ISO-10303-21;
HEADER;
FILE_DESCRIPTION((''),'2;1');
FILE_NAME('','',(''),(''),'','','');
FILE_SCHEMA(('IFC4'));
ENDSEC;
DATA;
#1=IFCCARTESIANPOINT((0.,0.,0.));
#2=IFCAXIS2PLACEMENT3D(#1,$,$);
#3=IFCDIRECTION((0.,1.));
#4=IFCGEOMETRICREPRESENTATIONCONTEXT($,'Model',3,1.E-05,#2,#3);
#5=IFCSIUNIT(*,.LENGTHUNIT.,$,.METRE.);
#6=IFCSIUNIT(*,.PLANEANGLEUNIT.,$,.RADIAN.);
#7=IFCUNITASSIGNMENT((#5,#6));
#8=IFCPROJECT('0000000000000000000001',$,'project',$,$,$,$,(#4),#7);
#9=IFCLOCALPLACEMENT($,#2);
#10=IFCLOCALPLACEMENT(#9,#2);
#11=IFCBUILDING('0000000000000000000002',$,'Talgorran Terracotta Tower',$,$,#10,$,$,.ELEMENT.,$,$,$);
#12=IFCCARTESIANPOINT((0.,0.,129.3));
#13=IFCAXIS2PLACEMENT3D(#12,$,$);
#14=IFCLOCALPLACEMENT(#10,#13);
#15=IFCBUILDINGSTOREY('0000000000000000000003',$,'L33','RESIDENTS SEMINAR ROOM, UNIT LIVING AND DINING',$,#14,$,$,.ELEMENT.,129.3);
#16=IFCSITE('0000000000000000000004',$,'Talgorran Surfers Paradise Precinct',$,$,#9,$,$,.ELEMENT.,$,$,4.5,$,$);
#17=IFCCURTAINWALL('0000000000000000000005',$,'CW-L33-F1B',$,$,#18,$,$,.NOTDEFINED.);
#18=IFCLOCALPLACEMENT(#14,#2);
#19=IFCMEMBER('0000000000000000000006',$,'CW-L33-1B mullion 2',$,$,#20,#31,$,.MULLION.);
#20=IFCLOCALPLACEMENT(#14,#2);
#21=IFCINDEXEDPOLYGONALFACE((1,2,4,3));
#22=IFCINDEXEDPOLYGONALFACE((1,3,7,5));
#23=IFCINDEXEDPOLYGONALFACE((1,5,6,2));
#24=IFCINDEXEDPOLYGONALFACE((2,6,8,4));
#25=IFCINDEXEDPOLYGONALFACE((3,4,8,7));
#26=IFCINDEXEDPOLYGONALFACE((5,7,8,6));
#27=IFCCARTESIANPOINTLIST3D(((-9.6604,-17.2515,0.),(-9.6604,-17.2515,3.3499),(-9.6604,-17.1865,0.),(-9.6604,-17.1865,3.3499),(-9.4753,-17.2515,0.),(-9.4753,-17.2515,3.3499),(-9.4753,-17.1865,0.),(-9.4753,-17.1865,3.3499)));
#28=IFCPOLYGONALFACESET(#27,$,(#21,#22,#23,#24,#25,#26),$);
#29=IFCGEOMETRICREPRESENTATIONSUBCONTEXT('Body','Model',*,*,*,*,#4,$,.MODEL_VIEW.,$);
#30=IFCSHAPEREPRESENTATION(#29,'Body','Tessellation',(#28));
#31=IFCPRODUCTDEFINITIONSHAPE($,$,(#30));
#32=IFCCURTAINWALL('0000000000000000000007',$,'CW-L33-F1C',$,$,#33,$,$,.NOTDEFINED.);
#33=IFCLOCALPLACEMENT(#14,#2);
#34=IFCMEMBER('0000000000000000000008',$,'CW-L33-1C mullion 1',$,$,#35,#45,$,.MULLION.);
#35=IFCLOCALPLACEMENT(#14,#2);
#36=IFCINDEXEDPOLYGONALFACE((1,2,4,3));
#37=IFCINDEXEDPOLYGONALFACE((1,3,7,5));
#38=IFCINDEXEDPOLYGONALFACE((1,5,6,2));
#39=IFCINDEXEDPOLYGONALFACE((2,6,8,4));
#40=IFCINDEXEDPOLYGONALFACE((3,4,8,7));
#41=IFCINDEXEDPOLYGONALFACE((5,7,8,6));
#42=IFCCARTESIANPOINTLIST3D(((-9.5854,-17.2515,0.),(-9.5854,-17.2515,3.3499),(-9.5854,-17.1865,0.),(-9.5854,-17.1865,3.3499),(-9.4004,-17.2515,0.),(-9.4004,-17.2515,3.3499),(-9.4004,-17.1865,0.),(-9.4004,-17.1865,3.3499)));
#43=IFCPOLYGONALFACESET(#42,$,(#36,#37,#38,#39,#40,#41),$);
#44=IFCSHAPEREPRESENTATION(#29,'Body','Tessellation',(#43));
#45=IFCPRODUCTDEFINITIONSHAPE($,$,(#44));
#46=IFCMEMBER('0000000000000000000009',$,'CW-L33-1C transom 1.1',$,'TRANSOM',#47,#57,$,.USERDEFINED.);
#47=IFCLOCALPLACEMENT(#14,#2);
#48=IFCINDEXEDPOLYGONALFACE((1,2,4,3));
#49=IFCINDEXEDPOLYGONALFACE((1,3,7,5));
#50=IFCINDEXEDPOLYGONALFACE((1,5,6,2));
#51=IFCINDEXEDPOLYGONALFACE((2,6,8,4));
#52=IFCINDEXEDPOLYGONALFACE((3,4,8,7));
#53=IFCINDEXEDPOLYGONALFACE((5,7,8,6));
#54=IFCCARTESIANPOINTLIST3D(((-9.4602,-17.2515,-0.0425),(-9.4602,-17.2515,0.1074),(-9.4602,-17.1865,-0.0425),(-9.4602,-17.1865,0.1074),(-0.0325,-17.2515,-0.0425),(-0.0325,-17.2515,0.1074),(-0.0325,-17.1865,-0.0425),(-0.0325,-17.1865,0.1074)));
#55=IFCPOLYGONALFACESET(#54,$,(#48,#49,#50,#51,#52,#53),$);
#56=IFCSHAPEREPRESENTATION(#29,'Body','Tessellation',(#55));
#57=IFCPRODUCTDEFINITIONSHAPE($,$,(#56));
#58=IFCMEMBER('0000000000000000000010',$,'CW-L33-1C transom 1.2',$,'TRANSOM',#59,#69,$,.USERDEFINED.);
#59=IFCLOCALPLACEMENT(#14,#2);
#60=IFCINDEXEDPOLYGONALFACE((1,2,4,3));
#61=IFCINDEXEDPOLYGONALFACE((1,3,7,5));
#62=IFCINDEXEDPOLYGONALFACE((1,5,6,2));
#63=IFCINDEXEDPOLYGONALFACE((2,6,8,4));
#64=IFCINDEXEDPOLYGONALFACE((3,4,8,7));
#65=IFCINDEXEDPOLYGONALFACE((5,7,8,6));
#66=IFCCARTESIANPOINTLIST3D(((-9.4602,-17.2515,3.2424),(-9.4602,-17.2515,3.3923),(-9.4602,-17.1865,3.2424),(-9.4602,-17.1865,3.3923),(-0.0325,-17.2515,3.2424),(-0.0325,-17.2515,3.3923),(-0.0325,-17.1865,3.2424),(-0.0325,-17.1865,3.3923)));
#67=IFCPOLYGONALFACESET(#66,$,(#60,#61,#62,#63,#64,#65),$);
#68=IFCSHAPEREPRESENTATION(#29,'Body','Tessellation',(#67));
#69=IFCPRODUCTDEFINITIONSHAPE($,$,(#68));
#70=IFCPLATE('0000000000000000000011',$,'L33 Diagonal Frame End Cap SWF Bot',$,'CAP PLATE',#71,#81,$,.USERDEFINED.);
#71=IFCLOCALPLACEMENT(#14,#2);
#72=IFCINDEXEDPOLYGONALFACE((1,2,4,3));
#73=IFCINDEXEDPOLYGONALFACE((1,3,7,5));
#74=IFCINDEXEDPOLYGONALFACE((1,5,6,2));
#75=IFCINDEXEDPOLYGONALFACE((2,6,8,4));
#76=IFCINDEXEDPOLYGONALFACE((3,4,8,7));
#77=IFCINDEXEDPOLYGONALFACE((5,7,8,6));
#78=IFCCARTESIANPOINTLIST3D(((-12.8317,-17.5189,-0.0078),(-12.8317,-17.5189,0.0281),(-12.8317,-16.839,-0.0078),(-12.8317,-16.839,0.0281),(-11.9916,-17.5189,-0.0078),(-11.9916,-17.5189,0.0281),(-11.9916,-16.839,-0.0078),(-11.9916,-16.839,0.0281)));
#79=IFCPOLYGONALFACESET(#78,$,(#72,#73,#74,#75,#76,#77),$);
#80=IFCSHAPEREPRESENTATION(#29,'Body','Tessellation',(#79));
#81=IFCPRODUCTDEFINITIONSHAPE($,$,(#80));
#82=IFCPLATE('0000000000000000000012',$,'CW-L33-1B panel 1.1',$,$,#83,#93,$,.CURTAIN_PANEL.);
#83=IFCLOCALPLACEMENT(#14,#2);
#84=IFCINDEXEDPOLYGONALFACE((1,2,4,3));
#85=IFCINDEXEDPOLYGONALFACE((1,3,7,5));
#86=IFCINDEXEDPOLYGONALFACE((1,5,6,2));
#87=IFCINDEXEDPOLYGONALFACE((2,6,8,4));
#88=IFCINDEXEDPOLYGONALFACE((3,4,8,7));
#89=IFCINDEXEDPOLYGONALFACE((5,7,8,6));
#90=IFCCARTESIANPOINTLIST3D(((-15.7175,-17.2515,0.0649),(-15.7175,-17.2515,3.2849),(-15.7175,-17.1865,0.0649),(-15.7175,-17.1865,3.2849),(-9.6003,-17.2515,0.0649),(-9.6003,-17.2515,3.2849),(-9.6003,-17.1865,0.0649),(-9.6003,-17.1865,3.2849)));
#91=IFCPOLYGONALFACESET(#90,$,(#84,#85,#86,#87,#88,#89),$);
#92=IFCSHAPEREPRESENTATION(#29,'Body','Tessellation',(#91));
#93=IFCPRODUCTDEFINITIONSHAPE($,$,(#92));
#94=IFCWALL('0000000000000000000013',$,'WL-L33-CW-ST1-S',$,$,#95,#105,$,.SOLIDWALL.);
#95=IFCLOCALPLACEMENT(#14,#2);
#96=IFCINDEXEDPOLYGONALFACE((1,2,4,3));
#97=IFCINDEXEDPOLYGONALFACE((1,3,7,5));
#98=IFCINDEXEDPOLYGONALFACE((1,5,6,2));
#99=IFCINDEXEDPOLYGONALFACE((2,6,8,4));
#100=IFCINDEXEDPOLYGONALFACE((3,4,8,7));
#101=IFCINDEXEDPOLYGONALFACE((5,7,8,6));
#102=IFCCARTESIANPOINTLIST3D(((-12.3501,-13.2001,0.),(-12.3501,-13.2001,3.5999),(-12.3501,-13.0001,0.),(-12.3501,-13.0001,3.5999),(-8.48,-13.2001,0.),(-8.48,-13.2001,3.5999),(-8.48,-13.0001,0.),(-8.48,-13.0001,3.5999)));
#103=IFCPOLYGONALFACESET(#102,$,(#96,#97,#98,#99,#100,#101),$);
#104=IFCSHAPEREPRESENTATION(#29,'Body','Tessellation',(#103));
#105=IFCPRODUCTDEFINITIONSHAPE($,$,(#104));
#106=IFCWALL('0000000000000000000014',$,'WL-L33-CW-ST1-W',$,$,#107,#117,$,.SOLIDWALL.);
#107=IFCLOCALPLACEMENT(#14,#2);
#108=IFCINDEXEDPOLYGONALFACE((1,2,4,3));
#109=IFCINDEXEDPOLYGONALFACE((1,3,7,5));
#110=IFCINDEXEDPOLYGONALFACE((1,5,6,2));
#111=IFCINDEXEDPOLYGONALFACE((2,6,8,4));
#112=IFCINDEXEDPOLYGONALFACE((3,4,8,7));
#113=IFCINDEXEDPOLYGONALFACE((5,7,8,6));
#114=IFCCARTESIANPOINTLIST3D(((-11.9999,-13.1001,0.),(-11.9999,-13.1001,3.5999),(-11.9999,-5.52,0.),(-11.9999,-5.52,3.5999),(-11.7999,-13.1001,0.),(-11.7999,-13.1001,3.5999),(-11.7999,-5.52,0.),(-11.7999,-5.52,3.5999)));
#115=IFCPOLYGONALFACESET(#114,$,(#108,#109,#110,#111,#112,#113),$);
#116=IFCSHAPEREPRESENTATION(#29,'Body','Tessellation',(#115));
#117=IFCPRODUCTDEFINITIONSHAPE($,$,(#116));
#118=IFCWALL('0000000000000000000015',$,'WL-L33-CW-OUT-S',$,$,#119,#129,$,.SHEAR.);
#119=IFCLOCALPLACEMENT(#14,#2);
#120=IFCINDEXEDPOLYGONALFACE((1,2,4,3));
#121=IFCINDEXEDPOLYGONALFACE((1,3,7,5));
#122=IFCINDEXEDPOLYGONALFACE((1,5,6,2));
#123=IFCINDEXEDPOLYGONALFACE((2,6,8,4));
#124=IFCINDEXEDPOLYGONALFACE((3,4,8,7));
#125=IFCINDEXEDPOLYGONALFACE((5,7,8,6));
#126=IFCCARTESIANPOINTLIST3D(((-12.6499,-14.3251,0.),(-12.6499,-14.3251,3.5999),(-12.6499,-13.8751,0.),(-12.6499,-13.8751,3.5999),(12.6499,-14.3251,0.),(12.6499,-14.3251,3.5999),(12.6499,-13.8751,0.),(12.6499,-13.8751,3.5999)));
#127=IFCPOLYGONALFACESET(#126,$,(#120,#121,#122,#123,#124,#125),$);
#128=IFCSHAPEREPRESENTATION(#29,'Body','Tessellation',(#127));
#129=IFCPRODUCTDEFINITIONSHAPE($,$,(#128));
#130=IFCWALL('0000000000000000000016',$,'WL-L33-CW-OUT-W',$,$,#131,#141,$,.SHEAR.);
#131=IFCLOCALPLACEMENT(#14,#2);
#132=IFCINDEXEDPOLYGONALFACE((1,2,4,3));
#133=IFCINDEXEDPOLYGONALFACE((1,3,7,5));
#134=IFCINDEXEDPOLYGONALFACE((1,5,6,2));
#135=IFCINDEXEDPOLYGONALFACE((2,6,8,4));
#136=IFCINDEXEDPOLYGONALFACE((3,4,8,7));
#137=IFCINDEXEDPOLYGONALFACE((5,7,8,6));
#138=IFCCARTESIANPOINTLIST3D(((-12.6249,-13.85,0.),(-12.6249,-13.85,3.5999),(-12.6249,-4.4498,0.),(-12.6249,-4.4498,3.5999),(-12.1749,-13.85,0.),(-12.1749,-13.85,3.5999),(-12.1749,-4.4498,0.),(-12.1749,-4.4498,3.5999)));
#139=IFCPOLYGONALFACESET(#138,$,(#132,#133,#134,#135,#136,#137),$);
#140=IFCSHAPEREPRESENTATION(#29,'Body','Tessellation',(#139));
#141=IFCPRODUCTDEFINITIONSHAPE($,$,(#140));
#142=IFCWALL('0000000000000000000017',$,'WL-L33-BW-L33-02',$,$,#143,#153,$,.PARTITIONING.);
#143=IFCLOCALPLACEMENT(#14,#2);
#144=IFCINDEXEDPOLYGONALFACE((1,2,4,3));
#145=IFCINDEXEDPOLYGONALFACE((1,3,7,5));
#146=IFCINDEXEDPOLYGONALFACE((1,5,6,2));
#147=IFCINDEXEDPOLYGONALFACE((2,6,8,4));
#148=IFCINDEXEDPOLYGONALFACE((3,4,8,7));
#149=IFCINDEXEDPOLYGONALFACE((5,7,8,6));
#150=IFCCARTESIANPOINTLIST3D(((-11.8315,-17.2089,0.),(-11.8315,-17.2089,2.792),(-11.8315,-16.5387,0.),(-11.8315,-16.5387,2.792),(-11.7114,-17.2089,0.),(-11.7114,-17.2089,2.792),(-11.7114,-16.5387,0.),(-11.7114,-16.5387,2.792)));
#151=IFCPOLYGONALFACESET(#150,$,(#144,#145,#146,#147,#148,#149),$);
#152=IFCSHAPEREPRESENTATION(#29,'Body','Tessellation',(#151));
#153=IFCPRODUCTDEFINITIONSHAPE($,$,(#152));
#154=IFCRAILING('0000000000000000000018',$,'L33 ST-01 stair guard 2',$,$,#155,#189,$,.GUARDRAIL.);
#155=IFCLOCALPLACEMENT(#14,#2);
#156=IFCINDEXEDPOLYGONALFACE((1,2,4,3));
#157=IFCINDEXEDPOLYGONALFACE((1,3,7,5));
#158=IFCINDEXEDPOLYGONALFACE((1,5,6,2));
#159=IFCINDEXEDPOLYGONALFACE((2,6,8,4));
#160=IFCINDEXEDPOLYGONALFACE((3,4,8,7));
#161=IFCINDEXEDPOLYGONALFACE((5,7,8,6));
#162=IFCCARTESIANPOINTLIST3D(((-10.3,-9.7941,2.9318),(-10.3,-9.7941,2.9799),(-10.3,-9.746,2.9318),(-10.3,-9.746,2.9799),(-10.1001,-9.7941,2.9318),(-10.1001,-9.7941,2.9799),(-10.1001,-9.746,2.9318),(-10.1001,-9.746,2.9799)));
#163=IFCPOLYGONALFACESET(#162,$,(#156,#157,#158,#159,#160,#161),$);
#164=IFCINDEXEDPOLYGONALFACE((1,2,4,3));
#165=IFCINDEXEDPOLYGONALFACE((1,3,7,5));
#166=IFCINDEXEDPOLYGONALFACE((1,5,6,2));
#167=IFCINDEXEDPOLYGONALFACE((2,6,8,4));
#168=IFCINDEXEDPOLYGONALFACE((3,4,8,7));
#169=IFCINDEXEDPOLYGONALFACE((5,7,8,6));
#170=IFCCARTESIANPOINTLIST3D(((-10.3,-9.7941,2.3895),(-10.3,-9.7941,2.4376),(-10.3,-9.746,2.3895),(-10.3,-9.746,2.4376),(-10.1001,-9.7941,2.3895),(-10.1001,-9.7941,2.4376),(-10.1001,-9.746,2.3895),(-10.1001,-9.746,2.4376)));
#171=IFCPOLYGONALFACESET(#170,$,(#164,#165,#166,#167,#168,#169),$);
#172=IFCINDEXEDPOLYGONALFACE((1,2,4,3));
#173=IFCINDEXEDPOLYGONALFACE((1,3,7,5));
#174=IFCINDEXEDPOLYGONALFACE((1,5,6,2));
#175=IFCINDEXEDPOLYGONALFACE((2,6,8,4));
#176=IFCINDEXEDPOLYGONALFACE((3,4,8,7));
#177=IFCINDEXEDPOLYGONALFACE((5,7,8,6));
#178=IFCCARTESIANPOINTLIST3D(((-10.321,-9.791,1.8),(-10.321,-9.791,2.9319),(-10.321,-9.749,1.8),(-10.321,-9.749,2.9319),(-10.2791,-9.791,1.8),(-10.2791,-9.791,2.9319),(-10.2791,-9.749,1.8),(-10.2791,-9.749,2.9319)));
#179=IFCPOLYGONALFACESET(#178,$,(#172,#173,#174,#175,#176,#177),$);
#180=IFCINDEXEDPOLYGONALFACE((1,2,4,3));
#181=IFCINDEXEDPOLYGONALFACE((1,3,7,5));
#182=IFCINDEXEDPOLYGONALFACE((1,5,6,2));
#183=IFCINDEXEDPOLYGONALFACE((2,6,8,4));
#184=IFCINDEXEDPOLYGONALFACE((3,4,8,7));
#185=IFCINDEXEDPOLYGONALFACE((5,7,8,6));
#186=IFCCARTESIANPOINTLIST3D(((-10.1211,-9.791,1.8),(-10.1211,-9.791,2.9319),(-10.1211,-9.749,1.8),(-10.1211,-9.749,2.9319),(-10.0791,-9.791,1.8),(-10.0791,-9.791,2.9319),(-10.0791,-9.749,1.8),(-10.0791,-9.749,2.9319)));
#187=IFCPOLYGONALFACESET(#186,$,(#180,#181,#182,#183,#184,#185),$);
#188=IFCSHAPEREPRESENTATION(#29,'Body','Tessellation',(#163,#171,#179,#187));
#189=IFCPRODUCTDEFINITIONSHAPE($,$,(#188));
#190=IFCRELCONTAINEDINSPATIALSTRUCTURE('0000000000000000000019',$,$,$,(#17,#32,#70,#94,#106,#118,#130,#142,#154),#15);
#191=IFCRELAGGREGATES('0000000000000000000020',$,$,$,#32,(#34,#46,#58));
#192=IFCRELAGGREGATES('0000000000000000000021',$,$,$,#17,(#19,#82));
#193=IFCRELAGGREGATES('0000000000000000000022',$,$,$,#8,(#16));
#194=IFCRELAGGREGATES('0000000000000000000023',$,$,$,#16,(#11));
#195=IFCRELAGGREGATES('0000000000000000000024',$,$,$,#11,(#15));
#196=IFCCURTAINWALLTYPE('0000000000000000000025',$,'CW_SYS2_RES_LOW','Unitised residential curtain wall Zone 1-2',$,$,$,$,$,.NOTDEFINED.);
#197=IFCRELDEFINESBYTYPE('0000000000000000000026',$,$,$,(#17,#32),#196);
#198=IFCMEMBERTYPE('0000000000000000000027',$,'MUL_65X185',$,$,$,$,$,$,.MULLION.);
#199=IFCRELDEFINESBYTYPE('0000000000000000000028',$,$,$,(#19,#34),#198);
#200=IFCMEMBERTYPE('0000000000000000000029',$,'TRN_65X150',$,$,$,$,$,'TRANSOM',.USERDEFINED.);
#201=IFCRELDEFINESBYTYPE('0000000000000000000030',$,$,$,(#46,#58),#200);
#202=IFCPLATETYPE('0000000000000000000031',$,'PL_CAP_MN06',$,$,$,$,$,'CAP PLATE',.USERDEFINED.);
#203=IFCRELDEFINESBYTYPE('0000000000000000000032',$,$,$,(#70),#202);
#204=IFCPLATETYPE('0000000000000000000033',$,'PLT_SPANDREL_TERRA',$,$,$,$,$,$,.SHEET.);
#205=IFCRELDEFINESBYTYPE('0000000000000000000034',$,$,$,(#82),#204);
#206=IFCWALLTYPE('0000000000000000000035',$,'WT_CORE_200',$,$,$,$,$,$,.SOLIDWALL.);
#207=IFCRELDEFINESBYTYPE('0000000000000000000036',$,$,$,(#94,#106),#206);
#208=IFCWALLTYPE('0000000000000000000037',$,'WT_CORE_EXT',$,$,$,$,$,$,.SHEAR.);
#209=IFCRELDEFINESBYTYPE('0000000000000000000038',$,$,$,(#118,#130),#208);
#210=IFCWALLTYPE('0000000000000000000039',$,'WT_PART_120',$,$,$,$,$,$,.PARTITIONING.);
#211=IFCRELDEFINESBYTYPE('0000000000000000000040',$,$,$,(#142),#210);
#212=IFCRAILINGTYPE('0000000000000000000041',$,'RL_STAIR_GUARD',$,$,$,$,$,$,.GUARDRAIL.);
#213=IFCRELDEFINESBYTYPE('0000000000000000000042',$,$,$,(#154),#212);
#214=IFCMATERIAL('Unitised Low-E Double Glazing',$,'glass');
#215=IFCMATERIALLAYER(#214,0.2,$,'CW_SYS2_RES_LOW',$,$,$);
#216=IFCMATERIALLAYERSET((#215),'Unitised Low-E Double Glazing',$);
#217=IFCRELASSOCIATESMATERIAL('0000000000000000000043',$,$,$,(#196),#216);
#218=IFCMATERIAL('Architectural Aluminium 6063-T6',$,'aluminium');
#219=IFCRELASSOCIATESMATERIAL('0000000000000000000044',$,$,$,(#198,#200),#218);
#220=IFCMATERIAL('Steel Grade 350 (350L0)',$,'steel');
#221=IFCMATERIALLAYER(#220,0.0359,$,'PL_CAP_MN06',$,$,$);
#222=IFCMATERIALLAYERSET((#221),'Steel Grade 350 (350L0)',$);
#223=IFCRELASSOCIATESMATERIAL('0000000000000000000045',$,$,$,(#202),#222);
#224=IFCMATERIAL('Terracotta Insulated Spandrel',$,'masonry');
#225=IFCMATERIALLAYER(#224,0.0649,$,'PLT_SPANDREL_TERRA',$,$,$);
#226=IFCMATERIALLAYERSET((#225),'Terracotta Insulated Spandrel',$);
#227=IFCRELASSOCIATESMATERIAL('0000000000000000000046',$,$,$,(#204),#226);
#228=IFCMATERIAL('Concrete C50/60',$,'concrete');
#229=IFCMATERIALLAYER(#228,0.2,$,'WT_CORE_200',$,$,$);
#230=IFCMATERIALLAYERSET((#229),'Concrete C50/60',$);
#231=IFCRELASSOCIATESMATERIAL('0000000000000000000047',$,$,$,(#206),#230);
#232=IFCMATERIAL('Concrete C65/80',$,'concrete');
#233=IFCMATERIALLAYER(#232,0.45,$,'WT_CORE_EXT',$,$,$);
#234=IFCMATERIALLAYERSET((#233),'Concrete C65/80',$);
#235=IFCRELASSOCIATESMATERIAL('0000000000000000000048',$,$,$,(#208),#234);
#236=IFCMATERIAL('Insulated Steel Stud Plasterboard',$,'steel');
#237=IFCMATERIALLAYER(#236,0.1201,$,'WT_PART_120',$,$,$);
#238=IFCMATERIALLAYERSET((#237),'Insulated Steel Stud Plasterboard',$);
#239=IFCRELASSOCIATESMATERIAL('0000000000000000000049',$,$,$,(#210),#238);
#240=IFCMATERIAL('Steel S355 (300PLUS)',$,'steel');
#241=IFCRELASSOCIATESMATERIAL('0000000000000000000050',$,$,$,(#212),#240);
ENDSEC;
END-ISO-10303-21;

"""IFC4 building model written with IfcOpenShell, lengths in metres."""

from ifc_helpers import new_model, si_unit, direction, frame, frame_2d, origin, origin_2d, place, context, subcontext, project, spatial, rectangle, extrude, source, transform, mapped, material, layer, layer_set, material_profile, profile_set, type_object, type_shapes, element, aggregate, save


model = new_model("IFC4")

# Units and contexts
model_context = context("Model", 3, precision=1e-05, world=origin(), true_north=direction((0.0, 1.0)))
body_context = subcontext(model_context, "Body", "Model", "MODEL_VIEW")
ifc_project = project(units=[si_unit("LENGTHUNIT", "METRE"), si_unit("PLANEANGLEUNIT", "RADIAN")], contexts=[model_context])

# Site, building, storey
site_placement = place(None, origin())
site = spatial("IfcSite", under=ifc_project, at=site_placement, Name="Talgorran Surfers Paradise Precinct", CompositionType="ELEMENT", RefElevation=4.5)
building_placement = place(site_placement, origin())
building = spatial("IfcBuilding", under=site, at=building_placement, Name="Talgorran Terracotta Tower", CompositionType="ELEMENT")
storey_placement = place(building_placement, frame((0.0, 0.0, 129.3)))
storey = spatial("IfcBuildingStorey", under=building, at=storey_placement, Name="L33", Description="RESIDENTS SEMINAR ROOM, UNIT LIVING AND DINING", CompositionType="ELEMENT", Elevation=129.3)

# Shared definitions
ifc_material_1 = material(Name="Steel S355 (300PLUS)", Category="steel")
ifc_material_2 = material(Name="Steel Grade 350 (350L0)", Category="steel")

# Curtain wall, member
ifc_material_3 = material(Name="Unitised Low-E Double Glazing", Category="glass")
ifc_layer_1 = layer(ifc_material_3, 0.2, Name="CW_SYS2_RES_LOW")
ifc_layer_set_1 = layer_set([ifc_layer_1], Name="Unitised Low-E Double Glazing")
curtain_wall_type = type_object("IfcCurtainWallType", Name="CW_SYS2_RES_LOW", Description="Unitised residential curtain wall Zone 1-2", PredefinedType="NOTDEFINED", material=ifc_layer_set_1)
curtain_wall_1_placement = place(storey_placement, origin())
curtain_wall_1 = element("IfcCurtainWall", 1, at=curtain_wall_1_placement, inside=storey, type_object=curtain_wall_type, Name="CW-L33-F1B", PredefinedType="NOTDEFINED")
ifc_material_4 = material(Name="Architectural Aluminium 6063-T6", Category="aluminium")
ifc_material_profile_1 = material_profile(ifc_material_4, rectangle(XDim=0.0649, YDim=0.1851, at=origin_2d()), Name="CWM65X185")
ifc_profile_set_1 = profile_set([ifc_material_profile_1], Name="Architectural Aluminium 6063-T6")
member_type_1 = type_object("IfcMemberType", Name="MUL_65X185", PredefinedType="MULLION", material=ifc_profile_set_1)
member_1_placement = place(storey_placement, frame((-9.5679, -17.219, 0.0), z_axis=(0.0, 0.0, 1.0), x_axis=(0.0, 1.0, 0.0)))
member_1 = element("IfcMember", 2, at=member_1_placement, type_object=member_type_1, Name="CW-L33-1B mullion 2", PredefinedType="MULLION", context=body_context, shape_type="SweptSolid", body=[
    extrude(rectangle(XDim=0.0649, YDim=0.1851, at=origin_2d()), origin(), (0.0, 0.0, 1.0), 3.3499),
])

# Curtain wall, members
curtain_wall_2_placement = place(storey_placement, origin())
curtain_wall_2 = element("IfcCurtainWall", 3, at=curtain_wall_2_placement, inside=storey, type_object=curtain_wall_type, Name="CW-L33-F1C", PredefinedType="NOTDEFINED")
member_2_placement = place(storey_placement, frame((-9.4929, -17.219, 0.0), z_axis=(0.0, 0.0, 1.0), x_axis=(0.0, 1.0, 0.0)))
member_2 = element("IfcMember", 4, at=member_2_placement, type_object=member_type_1, Name="CW-L33-1C mullion 1", PredefinedType="MULLION", context=body_context, shape_type="SweptSolid", body=[
    extrude(rectangle(XDim=0.0649, YDim=0.1851, at=origin_2d()), origin(), (0.0, 0.0, 1.0), 3.3499),
])
ifc_material_profile_2 = material_profile(ifc_material_4, rectangle(XDim=0.0649, YDim=0.1499, at=origin_2d()), Name="CWT65X150")
ifc_profile_set_2 = profile_set([ifc_material_profile_2], Name="Architectural Aluminium 6063-T6")
member_type_2 = type_object("IfcMemberType", Name="TRN_65X150", ElementType="TRANSOM", PredefinedType="USERDEFINED", material=ifc_profile_set_2)
member_3_placement = place(storey_placement, frame((-9.4602, -17.219, 0.0325), z_axis=(1.0, 0.0, 0.0), x_axis=(0.0, 1.0, 0.0)))
member_3 = element("IfcMember", 5, at=member_3_placement, type_object=member_type_2, Name="CW-L33-1C transom 1.1", ObjectType="TRANSOM", PredefinedType="USERDEFINED", context=body_context, shape_type="SweptSolid", body=[
    extrude(rectangle(XDim=0.0649, YDim=0.1499, at=origin_2d()), origin(), (0.0, 0.0, 1.0), 9.4277),
])
member_4_placement = place(storey_placement, frame((-9.4602, -17.219, 3.3174), z_axis=(1.0, 0.0, 0.0), x_axis=(0.0, 1.0, 0.0)))
member_4 = element("IfcMember", 6, at=member_4_placement, type_object=member_type_2, Name="CW-L33-1C transom 1.2", ObjectType="TRANSOM", PredefinedType="USERDEFINED", context=body_context, shape_type="SweptSolid", body=[
    extrude(rectangle(XDim=0.0649, YDim=0.1499, at=origin_2d()), origin(), (0.0, 0.0, 1.0), 9.4277),
])
aggregate(curtain_wall_2, [member_2, member_3, member_4])

# Plates
ifc_layer_2 = layer(ifc_material_2, 0.0359, Name="PL_CAP_MN06")
ifc_layer_set_2 = layer_set([ifc_layer_2], Name="Steel Grade 350 (350L0)")
plate_type_1 = type_object("IfcPlateType", Name="PL_CAP_MN06", ElementType="CAP PLATE", PredefinedType="USERDEFINED", material=ifc_layer_set_2)
plate_1_placement = place(storey_placement, frame((-12.4116, -17.179, -0.0078), z_axis=(0.0, 0.0, 1.0), x_axis=(-1.0, 0.0, 0.0)))
element("IfcPlate", 7, at=plate_1_placement, inside=storey, type_object=plate_type_1, Name="L33 Diagonal Frame End Cap SWF Bot", ObjectType="CAP PLATE", PredefinedType="USERDEFINED", context=body_context, shape_type="SweptSolid", body=[
    extrude(rectangle(XDim=0.8401, YDim=0.6799, at=origin_2d()), origin(), (0.0, 0.0, 1.0), 0.0359),
])
ifc_material_5 = material(Name="Terracotta Insulated Spandrel", Category="masonry")
ifc_layer_3 = layer(ifc_material_5, 0.0649, Name="PLT_SPANDREL_TERRA")
ifc_layer_set_3 = layer_set([ifc_layer_3], Name="Terracotta Insulated Spandrel")
plate_type_2 = type_object("IfcPlateType", Name="PLT_SPANDREL_TERRA", PredefinedType="SHEET", material=ifc_layer_set_3)
shared_shape = source(origin(), body_context, "Body", "SweptSolid", [
    extrude(rectangle(XDim=6.1172, YDim=0.0649, at=origin_2d()), origin(), (0.0, 0.0, 1.0), 3.22),
])
type_shapes(plate_type_2, [shared_shape])
plate_2_placement = place(storey_placement, frame((-12.6589, -17.219, 0.0649), z_axis=(0.0, 0.0, 1.0), x_axis=(1.0, 0.0, 0.0)))
plate_2 = element("IfcPlate", 8, at=plate_2_placement, type_object=plate_type_2, Name="CW-L33-1B panel 1.1", PredefinedType="CURTAIN_PANEL", context=body_context, shape_type="MappedRepresentation", body=[
    mapped(shared_shape, transform((0.0, 0.0, 0.0), scale=1.0)),
])
aggregate(curtain_wall_1, [member_1, plate_2])

# Walls
ifc_material_6 = material(Name="Concrete C50/60", Category="concrete")
ifc_layer_4 = layer(ifc_material_6, 0.2, Name="WT_CORE_200")
ifc_layer_set_4 = layer_set([ifc_layer_4], Name="Concrete C50/60")
wall_type_1 = type_object("IfcWallType", Name="WT_CORE_200", PredefinedType="SOLIDWALL", material=ifc_layer_set_4)
wall_1_placement = place(storey_placement, frame((-12.3501, -13.1001, 0.0), z_axis=(0.0, 0.0, 1.0), x_axis=(1.0, 0.0, 0.0)))
element("IfcWall", 9, at=wall_1_placement, inside=storey, type_object=wall_type_1, Name="WL-L33-CW-ST1-S", PredefinedType="SOLIDWALL", context=body_context, shape_type="SweptSolid", body=[
    extrude(rectangle(XDim=3.8701, YDim=0.2, at=frame_2d((1.9351, 0.0))), origin(), (0.0, 0.0, 1.0), 3.5999),
])
wall_2_placement = place(storey_placement, frame((-11.8999, -13.1001, 0.0), z_axis=(0.0, 0.0, 1.0), x_axis=(0.0, 1.0, 0.0)))
element("IfcWall", 10, at=wall_2_placement, inside=storey, type_object=wall_type_1, Name="WL-L33-CW-ST1-W", PredefinedType="SOLIDWALL", context=body_context, shape_type="SweptSolid", body=[
    extrude(rectangle(XDim=7.5801, YDim=0.2, at=frame_2d((3.79, 0.0))), origin(), (0.0, 0.0, 1.0), 3.5999),
])
ifc_material_7 = material(Name="Concrete C65/80", Category="concrete")
ifc_layer_5 = layer(ifc_material_7, 0.45, Name="WT_CORE_EXT")
ifc_layer_set_5 = layer_set([ifc_layer_5], Name="Concrete C65/80")
wall_type_2 = type_object("IfcWallType", Name="WT_CORE_EXT", PredefinedType="SHEAR", material=ifc_layer_set_5)
wall_3_placement = place(storey_placement, frame((-12.6499, -14.1001, 0.0), z_axis=(0.0, 0.0, 1.0), x_axis=(1.0, 0.0, 0.0)))
element("IfcWall", 11, at=wall_3_placement, inside=storey, type_object=wall_type_2, Name="WL-L33-CW-OUT-S", PredefinedType="SHEAR", context=body_context, shape_type="SweptSolid", body=[
    extrude(rectangle(XDim=25.2998, YDim=0.45, at=frame_2d((12.6499, 0.0))), origin(), (0.0, 0.0, 1.0), 3.5999),
])
wall_4_placement = place(storey_placement, frame((-12.3999, -13.8501, 0.0), z_axis=(0.0, 0.0, 1.0), x_axis=(0.0, 1.0, 0.0)))
element("IfcWall", 12, at=wall_4_placement, inside=storey, type_object=wall_type_2, Name="WL-L33-CW-OUT-W", PredefinedType="SHEAR", context=body_context, shape_type="SweptSolid", body=[
    extrude(rectangle(XDim=9.4001, YDim=0.45, at=frame_2d((4.7002, 0.0))), origin(), (0.0, 0.0, 1.0), 3.5999),
])
ifc_material_8 = material(Name="Insulated Steel Stud Plasterboard", Category="steel")
ifc_layer_6 = layer(ifc_material_8, 0.1201, Name="WT_PART_120")
ifc_layer_set_6 = layer_set([ifc_layer_6], Name="Insulated Steel Stud Plasterboard")
wall_type_3 = type_object("IfcWallType", Name="WT_PART_120", PredefinedType="PARTITIONING", material=ifc_layer_set_6)
wall_5_placement = place(storey_placement, frame((-11.7715, -16.5388, 0.0), z_axis=(0.0, 0.0, 1.0), x_axis=(0.0, -1.0, 0.0)))
element("IfcWall", 13, at=wall_5_placement, inside=storey, type_object=wall_type_3, Name="WL-L33-BW-L33-02", PredefinedType="PARTITIONING", context=body_context, shape_type="SweptSolid", body=[
    extrude(rectangle(XDim=0.6702, YDim=0.1201, at=frame_2d((0.335, 0.0))), origin(), (0.0, 0.0, 1.0), 2.792),
])

# Railing
railing_type = type_object("IfcRailingType", Name="RL_STAIR_GUARD", PredefinedType="GUARDRAIL", material=ifc_material_1)
railing_1_placement = place(storey_placement, frame((-10.3, -9.77, 1.8)))
element("IfcRailing", 14, at=railing_1_placement, inside=storey, type_object=railing_type, Name="L33 ST-01 stair guard 2", PredefinedType="GUARDRAIL", context=body_context, shape_type="SweptSolid", body=[
    extrude(rectangle(XDim=0.0481, YDim=0.0481, at=origin_2d()), frame((0.0, 0.0, 1.1558), z_axis=(1.0, 0.0, 0.0), x_axis=(0.0, 1.0, 0.0)), (0.0, 0.0, 1.0), 0.2),
    extrude(rectangle(XDim=0.0481, YDim=0.0481, at=origin_2d()), frame((0.0, 0.0, 0.6135), z_axis=(1.0, 0.0, 0.0), x_axis=(0.0, 1.0, 0.0)), (0.0, 0.0, 1.0), 0.2),
    extrude(rectangle(XDim=0.042, YDim=0.042, at=origin_2d()), origin(), (0.0, 0.0, 1.0), 1.1318),
    extrude(rectangle(XDim=0.042, YDim=0.042, at=origin_2d()), frame((0.2, 0.0, 0.0)), (0.0, 0.0, 1.0), 1.1318),
])

save(model, "model.ifc")
